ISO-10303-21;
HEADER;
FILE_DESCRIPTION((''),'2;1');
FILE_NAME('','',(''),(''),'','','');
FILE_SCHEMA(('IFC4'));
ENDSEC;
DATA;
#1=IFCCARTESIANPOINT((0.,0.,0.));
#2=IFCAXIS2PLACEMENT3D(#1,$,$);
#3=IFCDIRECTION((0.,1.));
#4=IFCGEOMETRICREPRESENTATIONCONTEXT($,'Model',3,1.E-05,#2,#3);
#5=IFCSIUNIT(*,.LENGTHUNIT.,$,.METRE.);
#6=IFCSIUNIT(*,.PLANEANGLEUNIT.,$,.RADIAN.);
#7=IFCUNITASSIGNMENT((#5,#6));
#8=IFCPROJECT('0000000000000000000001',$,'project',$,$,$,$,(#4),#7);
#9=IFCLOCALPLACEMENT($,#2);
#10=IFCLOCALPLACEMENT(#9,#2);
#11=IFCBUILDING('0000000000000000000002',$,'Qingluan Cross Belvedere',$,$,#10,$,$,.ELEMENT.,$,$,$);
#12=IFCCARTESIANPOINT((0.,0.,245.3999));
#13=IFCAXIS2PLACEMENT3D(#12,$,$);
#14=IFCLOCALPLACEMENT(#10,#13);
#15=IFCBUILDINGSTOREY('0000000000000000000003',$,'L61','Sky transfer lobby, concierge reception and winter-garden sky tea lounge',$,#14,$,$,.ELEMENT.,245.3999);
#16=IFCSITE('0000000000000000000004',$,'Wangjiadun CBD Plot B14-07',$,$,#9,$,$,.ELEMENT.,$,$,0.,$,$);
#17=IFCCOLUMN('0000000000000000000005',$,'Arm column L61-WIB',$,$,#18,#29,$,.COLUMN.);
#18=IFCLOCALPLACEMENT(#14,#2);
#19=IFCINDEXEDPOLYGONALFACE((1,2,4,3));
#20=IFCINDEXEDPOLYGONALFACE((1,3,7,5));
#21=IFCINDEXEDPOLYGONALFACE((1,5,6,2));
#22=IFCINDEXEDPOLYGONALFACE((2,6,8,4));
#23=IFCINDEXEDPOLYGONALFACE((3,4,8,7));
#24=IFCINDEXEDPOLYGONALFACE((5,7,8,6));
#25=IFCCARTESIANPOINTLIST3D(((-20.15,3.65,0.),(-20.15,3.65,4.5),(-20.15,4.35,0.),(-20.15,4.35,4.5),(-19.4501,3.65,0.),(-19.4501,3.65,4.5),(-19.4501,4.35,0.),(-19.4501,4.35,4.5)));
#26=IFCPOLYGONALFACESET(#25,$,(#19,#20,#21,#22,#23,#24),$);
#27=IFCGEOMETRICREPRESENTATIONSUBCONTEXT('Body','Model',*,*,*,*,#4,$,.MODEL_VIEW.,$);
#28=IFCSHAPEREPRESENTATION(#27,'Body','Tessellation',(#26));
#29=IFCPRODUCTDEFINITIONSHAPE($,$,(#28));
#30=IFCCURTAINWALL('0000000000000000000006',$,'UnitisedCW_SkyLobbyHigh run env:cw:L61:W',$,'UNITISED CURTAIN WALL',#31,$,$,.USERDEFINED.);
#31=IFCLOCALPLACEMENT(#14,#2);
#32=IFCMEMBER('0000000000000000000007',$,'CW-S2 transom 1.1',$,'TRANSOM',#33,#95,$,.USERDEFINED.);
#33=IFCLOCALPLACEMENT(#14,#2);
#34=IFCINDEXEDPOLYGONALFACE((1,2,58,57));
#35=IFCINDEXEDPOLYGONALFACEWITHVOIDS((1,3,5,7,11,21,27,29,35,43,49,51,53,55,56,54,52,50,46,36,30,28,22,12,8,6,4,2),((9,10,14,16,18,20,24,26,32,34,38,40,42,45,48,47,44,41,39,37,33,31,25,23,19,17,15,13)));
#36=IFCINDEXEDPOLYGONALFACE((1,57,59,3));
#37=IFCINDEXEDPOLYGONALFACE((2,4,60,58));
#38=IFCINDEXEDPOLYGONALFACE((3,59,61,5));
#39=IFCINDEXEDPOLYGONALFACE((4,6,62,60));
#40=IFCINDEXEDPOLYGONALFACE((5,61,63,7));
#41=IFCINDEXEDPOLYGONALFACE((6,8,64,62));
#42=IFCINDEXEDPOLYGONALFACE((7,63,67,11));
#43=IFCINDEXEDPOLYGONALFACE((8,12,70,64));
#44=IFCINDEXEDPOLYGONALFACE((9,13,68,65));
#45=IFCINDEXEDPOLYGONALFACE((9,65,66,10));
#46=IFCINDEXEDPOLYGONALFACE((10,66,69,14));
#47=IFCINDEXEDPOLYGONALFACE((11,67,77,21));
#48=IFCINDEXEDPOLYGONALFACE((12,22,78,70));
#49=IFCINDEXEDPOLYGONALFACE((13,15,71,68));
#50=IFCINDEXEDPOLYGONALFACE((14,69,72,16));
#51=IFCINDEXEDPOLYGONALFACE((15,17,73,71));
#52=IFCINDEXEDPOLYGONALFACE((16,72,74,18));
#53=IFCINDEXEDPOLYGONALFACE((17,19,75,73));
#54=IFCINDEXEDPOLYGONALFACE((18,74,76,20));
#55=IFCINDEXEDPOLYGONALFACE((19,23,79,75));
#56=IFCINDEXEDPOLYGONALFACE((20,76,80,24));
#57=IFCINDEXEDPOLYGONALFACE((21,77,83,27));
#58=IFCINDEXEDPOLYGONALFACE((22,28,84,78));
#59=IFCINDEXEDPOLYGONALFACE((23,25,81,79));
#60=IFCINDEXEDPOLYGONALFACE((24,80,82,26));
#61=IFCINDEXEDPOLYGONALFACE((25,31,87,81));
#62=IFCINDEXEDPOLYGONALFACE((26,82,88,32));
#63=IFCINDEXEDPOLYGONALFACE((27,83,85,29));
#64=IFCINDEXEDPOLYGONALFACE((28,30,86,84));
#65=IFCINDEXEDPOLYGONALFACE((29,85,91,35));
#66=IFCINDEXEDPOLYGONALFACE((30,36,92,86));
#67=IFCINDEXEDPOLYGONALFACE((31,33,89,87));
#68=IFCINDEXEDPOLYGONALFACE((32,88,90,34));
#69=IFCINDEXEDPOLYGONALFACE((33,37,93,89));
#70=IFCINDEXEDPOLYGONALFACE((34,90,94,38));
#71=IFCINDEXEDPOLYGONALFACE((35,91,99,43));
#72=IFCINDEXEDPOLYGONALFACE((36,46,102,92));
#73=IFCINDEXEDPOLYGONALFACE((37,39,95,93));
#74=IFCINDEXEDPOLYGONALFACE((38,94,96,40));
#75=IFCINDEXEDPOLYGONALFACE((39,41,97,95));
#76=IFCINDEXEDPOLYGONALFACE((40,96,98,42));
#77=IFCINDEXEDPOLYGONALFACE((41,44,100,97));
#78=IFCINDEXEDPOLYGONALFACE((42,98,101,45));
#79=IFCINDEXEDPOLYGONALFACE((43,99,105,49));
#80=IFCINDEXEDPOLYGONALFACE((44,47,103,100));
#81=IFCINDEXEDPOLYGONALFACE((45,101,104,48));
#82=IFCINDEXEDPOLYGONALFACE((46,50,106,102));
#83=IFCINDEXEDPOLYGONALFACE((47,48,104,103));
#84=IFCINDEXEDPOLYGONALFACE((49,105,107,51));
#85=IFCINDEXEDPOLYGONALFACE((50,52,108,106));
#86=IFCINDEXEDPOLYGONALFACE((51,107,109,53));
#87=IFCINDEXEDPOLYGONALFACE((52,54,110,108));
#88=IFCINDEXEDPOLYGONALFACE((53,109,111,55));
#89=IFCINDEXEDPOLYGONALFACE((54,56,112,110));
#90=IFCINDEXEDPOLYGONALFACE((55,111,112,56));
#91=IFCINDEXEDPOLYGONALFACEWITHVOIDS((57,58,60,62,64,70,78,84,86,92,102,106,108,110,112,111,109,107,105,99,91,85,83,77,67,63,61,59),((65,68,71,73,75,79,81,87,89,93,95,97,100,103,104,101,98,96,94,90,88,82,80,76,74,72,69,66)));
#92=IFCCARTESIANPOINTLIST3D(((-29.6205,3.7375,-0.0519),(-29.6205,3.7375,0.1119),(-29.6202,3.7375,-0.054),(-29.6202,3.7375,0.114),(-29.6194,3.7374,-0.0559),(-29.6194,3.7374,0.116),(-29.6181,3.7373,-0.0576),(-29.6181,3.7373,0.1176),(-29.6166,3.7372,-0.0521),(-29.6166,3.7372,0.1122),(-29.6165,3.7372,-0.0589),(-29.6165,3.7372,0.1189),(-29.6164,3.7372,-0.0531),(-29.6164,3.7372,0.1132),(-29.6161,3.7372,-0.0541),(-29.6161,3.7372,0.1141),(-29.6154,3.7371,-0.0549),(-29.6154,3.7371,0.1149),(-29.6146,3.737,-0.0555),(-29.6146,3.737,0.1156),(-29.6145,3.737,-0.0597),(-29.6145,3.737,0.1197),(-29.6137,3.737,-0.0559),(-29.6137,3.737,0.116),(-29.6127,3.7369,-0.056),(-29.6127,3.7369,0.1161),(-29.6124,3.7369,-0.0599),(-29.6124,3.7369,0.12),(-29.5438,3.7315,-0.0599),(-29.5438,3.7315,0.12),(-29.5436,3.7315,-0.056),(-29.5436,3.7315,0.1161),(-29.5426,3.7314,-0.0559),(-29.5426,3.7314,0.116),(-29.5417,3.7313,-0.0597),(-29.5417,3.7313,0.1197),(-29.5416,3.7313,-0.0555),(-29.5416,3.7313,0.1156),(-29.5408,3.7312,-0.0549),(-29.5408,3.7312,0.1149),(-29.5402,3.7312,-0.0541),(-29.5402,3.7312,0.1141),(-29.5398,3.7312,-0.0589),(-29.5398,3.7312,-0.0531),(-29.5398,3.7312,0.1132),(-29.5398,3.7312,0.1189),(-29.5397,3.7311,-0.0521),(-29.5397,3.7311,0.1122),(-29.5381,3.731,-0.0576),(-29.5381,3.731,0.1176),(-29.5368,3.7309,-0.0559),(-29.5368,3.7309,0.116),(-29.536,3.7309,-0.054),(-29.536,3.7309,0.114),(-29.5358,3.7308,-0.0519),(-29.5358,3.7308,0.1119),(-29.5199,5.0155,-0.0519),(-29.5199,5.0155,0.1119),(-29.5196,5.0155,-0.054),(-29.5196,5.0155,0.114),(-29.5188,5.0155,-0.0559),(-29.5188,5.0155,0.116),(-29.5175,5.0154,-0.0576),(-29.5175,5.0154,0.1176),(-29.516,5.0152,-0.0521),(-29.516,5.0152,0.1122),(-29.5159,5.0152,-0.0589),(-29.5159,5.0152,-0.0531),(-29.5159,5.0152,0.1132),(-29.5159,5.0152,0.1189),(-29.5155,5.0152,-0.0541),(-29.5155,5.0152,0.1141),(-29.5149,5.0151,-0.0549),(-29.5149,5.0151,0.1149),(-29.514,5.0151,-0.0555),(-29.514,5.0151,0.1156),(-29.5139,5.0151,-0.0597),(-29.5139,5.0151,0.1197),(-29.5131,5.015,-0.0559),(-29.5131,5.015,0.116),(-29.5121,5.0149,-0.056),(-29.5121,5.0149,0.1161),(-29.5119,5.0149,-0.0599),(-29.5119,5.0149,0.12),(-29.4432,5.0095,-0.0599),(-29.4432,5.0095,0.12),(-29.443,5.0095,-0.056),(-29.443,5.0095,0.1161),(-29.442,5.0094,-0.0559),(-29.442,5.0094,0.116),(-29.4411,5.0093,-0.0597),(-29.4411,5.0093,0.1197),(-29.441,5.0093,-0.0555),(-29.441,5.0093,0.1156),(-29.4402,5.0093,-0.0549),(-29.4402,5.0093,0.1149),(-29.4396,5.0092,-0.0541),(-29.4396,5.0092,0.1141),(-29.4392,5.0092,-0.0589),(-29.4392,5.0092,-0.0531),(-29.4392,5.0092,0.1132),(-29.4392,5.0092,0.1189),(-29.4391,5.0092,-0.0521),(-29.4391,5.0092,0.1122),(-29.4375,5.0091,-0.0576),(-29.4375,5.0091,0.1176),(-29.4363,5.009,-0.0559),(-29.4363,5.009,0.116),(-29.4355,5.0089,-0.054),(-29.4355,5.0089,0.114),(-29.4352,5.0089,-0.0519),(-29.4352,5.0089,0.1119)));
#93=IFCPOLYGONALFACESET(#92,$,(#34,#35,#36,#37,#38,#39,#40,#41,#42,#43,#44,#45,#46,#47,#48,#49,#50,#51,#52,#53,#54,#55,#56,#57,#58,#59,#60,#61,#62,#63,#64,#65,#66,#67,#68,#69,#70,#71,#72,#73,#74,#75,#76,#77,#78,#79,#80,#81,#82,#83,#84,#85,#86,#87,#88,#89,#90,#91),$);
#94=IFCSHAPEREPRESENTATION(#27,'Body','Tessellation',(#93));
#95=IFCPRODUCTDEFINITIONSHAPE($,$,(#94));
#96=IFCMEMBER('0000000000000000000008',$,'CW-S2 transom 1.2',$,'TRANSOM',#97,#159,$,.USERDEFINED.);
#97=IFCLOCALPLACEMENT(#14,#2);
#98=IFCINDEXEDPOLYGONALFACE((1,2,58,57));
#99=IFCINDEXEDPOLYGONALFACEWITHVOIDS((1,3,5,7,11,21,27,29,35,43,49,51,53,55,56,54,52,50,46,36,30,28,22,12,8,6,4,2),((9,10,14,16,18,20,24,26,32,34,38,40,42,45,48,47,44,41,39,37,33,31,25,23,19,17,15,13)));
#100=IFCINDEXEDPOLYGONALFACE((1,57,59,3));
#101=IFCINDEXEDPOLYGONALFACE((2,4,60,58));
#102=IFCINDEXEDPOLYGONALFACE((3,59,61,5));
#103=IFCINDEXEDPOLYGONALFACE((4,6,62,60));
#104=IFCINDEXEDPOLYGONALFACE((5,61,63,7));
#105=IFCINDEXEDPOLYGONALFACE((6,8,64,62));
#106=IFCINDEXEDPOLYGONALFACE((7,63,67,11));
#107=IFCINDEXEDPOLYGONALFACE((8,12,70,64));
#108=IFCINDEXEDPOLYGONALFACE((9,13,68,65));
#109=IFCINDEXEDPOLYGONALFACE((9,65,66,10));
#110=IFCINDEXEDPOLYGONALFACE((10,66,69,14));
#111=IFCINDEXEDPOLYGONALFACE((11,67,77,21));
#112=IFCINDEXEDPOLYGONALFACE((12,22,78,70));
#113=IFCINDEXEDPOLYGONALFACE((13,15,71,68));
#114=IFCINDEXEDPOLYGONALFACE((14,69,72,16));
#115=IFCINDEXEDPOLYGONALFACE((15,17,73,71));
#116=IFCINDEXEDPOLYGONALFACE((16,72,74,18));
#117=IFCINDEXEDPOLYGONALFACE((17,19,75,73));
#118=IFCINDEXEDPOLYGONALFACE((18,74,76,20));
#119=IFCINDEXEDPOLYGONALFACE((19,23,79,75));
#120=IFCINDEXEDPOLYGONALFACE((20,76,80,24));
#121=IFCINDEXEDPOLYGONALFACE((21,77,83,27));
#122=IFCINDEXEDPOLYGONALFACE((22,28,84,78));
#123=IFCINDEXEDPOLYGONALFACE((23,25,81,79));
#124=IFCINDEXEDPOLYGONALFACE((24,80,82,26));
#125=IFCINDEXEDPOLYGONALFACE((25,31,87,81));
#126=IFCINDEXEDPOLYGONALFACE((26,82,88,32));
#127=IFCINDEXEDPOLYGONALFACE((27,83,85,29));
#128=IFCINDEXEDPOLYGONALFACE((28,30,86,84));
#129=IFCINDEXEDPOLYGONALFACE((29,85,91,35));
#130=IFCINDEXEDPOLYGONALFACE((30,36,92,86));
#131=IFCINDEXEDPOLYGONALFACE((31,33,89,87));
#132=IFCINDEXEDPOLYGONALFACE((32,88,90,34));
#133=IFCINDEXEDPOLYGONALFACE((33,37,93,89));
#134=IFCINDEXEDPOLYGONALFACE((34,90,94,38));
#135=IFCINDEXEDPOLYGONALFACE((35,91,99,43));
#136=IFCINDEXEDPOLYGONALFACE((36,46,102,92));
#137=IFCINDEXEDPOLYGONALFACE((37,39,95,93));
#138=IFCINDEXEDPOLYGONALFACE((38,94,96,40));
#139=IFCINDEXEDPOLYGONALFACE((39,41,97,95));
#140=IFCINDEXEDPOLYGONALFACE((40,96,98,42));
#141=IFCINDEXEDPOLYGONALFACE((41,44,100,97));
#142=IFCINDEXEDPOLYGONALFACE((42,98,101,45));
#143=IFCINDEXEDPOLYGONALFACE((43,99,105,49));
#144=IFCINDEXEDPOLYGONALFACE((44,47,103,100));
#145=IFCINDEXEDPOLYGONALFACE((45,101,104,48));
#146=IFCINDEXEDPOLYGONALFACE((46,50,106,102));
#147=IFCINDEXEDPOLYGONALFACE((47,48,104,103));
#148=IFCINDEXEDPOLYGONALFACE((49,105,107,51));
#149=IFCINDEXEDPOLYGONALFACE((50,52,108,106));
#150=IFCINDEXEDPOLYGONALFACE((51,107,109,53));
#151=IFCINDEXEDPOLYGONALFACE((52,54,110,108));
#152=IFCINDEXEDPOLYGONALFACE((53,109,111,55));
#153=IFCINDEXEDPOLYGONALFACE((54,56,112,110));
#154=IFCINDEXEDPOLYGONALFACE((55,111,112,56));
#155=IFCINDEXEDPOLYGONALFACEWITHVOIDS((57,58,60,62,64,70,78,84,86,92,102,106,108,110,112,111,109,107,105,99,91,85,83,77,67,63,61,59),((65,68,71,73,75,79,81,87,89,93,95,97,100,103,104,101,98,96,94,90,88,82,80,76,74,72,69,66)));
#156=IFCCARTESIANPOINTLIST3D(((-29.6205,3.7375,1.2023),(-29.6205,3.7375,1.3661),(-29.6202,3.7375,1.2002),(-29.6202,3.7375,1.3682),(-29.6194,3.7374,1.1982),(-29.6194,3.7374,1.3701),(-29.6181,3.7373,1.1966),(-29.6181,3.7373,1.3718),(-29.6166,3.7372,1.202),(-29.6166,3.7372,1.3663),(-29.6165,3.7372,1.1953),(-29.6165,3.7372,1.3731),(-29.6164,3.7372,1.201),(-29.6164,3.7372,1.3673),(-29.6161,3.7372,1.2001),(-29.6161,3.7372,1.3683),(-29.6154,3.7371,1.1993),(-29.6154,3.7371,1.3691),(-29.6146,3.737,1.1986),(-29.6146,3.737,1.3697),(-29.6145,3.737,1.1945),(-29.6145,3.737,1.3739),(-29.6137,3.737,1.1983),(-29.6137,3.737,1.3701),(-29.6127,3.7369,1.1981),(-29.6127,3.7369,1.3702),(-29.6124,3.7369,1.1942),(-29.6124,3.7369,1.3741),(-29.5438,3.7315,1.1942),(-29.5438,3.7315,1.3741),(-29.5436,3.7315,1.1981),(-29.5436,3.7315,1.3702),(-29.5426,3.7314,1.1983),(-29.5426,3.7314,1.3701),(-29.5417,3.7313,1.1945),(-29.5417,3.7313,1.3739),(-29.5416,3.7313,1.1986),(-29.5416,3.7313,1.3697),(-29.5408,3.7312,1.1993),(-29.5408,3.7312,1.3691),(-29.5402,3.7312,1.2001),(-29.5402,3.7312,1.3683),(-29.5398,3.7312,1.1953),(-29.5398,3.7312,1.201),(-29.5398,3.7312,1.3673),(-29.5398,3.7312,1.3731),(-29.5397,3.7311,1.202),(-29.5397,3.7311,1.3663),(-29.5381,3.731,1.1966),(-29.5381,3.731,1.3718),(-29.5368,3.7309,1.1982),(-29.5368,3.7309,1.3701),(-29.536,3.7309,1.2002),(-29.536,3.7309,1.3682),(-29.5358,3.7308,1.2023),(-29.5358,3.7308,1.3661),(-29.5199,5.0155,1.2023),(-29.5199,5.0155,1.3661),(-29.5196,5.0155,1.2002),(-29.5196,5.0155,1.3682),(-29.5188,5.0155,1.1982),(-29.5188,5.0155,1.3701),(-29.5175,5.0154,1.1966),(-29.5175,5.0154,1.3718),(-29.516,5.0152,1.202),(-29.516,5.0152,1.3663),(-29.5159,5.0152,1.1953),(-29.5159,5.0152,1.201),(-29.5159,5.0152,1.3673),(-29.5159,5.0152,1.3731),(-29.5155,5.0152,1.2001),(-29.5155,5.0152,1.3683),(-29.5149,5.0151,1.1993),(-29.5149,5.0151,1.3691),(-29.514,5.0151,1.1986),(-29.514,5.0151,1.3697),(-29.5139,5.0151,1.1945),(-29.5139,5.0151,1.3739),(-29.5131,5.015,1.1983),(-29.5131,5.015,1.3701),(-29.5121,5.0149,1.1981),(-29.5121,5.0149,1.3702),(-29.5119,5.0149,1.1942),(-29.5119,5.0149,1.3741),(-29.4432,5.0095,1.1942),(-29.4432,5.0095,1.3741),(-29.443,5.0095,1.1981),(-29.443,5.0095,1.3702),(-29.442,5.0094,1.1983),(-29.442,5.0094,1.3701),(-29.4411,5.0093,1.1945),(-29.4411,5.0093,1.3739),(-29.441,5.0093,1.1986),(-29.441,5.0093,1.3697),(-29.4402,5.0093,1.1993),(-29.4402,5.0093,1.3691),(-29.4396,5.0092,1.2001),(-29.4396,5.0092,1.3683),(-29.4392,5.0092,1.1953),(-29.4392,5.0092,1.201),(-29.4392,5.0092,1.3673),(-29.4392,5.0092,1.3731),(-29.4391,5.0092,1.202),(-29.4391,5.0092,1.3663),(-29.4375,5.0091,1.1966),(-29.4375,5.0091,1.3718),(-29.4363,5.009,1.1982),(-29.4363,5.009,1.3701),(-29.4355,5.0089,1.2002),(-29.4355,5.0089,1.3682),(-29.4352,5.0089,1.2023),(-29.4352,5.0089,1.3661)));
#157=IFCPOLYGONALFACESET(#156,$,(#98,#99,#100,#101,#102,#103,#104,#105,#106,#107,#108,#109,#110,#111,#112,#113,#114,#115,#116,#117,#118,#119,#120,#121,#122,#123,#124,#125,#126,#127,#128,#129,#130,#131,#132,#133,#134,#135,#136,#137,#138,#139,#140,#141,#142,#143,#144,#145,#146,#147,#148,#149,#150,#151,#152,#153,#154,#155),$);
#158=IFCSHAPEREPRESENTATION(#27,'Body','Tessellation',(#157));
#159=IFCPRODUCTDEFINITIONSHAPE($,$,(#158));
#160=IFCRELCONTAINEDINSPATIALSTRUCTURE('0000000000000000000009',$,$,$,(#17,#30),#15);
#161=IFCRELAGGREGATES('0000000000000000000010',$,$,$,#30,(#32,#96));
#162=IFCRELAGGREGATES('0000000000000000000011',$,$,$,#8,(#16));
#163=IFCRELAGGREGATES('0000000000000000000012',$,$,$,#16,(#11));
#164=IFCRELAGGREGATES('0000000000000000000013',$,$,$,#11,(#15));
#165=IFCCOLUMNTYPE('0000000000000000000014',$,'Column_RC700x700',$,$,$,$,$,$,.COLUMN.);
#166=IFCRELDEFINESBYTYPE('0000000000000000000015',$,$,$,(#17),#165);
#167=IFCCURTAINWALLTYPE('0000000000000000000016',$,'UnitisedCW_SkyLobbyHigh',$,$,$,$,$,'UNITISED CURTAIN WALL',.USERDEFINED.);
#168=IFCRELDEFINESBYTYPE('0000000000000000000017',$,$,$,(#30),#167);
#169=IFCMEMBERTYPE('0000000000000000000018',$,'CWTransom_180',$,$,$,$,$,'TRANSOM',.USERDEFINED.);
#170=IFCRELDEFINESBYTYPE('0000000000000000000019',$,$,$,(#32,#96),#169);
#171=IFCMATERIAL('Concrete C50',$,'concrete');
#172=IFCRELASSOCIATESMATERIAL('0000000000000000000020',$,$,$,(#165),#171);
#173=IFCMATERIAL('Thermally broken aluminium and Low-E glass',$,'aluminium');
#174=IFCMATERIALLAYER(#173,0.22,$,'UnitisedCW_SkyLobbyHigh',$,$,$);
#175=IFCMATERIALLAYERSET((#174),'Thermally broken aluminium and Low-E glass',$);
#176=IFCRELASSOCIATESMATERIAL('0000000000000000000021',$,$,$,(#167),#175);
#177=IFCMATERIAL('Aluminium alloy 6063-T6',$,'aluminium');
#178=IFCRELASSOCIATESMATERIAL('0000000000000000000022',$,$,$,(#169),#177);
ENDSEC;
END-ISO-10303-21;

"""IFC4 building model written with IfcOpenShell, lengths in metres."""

from ifc_helpers import new_model, si_unit, direction, frame, origin, origin_2d, place, context, subcontext, project, spatial, rectangle, hollow_rectangle, extrude, material, layer, layer_set, material_profile, profile_set, type_object, element, aggregate, save


model = new_model("IFC4")

# Units and contexts
model_context = context("Model", 3, precision=1e-05, world=origin(), true_north=direction((0.0, 1.0)))
body_context = subcontext(model_context, "Body", "Model", "MODEL_VIEW")
ifc_project = project(units=[si_unit("LENGTHUNIT", "METRE"), si_unit("PLANEANGLEUNIT", "RADIAN")], contexts=[model_context])

# Site, building, storey
site_placement = place(None, origin())
site = spatial("IfcSite", under=ifc_project, at=site_placement, Name="Wangjiadun CBD Plot B14-07", CompositionType="ELEMENT", RefElevation=0.0)
building_placement = place(site_placement, origin())
building = spatial("IfcBuilding", under=site, at=building_placement, Name="Qingluan Cross Belvedere", CompositionType="ELEMENT")
storey_placement = place(building_placement, frame((0.0, 0.0, 245.3999)))
storey = spatial("IfcBuildingStorey", under=building, at=storey_placement, Name="L61", Description="Sky transfer lobby, concierge reception and winter-garden sky tea lounge", CompositionType="ELEMENT", Elevation=245.3999)

# Column
ifc_material_1 = material(Name="Concrete C50", Category="concrete")
ifc_material_profile_1 = material_profile(ifc_material_1, rectangle(XDim=0.7, YDim=0.7, at=origin_2d()), Name="RC700x700")
ifc_profile_set_1 = profile_set([ifc_material_profile_1], Name="Concrete C50")
column_type = type_object("IfcColumnType", Name="Column_RC700x700", PredefinedType="COLUMN", material=ifc_profile_set_1)
column_placement = place(storey_placement, frame((-19.8, 4.0, 0.0), z_axis=(0.0, 0.0, 1.0), x_axis=(1.0, 0.0, 0.0)))
element("IfcColumn", 1, at=column_placement, inside=storey, type_object=column_type, Name="Arm column L61-WIB", PredefinedType="COLUMN", context=body_context, shape_type="SweptSolid", body=[
    extrude(rectangle(XDim=0.7, YDim=0.7, at=origin_2d()), origin(), (0.0, 0.0, 1.0), 4.5),
])

# Curtain wall, members
ifc_material_2 = material(Name="Thermally broken aluminium and Low-E glass", Category="aluminium")
ifc_layer_1 = layer(ifc_material_2, 0.22, Name="UnitisedCW_SkyLobbyHigh")
ifc_layer_set_1 = layer_set([ifc_layer_1], Name="Thermally broken aluminium and Low-E glass")
curtain_wall_type = type_object("IfcCurtainWallType", Name="UnitisedCW_SkyLobbyHigh", ElementType="UNITISED CURTAIN WALL", PredefinedType="USERDEFINED", material=ifc_layer_set_1)
curtain_wall_placement = place(storey_placement, origin())
curtain_wall = element("IfcCurtainWall", 2, at=curtain_wall_placement, inside=storey, type_object=curtain_wall_type, Name="UnitisedCW_SkyLobbyHigh run env:cw:L61:W", ObjectType="UNITISED CURTAIN WALL", PredefinedType="USERDEFINED")
ifc_material_3 = material(Name="Aluminium alloy 6063-T6", Category="aluminium")
ifc_material_profile_2 = material_profile(ifc_material_3, hollow_rectangle(XDim=0.085, YDim=0.1799, WallThickness=0.0039, InnerFilletRadius=0.0039, OuterFilletRadius=0.0081, at=origin_2d()), Name="CWT180x85x4")
ifc_profile_set_2 = profile_set([ifc_material_profile_2], Name="Aluminium alloy 6063-T6")
member_type = type_object("IfcMemberType", Name="CWTransom_180", ElementType="TRANSOM", PredefinedType="USERDEFINED", material=ifc_profile_set_2)
member_1_placement = place(storey_placement, frame((-29.4775, 5.0122, 0.03), z_axis=(-0.078458, -0.996917, 0.0), x_axis=(0.996917, -0.078458, 0.0)))
member_1 = element("IfcMember", 3, at=member_1_placement, type_object=member_type, Name="CW-S2 transom 1.1", ObjectType="TRANSOM", PredefinedType="USERDEFINED", context=body_context, shape_type="SweptSolid", body=[
    extrude(hollow_rectangle(XDim=0.085, YDim=0.1799, WallThickness=0.0039, InnerFilletRadius=0.0039, OuterFilletRadius=0.0081, at=origin_2d()), origin(), (0.0, 0.0, 1.0), 1.282),
])
member_2_placement = place(storey_placement, frame((-29.4775, 5.0122, 1.2842), z_axis=(-0.078458, -0.996917, 0.0), x_axis=(0.996917, -0.078458, 0.0)))
member_2 = element("IfcMember", 4, at=member_2_placement, type_object=member_type, Name="CW-S2 transom 1.2", ObjectType="TRANSOM", PredefinedType="USERDEFINED", context=body_context, shape_type="SweptSolid", body=[
    extrude(hollow_rectangle(XDim=0.085, YDim=0.1799, WallThickness=0.0039, InnerFilletRadius=0.0039, OuterFilletRadius=0.0081, at=origin_2d()), origin(), (0.0, 0.0, 1.0), 1.282),
])
aggregate(curtain_wall, [member_1, member_2])

save(model, "model.ifc")
